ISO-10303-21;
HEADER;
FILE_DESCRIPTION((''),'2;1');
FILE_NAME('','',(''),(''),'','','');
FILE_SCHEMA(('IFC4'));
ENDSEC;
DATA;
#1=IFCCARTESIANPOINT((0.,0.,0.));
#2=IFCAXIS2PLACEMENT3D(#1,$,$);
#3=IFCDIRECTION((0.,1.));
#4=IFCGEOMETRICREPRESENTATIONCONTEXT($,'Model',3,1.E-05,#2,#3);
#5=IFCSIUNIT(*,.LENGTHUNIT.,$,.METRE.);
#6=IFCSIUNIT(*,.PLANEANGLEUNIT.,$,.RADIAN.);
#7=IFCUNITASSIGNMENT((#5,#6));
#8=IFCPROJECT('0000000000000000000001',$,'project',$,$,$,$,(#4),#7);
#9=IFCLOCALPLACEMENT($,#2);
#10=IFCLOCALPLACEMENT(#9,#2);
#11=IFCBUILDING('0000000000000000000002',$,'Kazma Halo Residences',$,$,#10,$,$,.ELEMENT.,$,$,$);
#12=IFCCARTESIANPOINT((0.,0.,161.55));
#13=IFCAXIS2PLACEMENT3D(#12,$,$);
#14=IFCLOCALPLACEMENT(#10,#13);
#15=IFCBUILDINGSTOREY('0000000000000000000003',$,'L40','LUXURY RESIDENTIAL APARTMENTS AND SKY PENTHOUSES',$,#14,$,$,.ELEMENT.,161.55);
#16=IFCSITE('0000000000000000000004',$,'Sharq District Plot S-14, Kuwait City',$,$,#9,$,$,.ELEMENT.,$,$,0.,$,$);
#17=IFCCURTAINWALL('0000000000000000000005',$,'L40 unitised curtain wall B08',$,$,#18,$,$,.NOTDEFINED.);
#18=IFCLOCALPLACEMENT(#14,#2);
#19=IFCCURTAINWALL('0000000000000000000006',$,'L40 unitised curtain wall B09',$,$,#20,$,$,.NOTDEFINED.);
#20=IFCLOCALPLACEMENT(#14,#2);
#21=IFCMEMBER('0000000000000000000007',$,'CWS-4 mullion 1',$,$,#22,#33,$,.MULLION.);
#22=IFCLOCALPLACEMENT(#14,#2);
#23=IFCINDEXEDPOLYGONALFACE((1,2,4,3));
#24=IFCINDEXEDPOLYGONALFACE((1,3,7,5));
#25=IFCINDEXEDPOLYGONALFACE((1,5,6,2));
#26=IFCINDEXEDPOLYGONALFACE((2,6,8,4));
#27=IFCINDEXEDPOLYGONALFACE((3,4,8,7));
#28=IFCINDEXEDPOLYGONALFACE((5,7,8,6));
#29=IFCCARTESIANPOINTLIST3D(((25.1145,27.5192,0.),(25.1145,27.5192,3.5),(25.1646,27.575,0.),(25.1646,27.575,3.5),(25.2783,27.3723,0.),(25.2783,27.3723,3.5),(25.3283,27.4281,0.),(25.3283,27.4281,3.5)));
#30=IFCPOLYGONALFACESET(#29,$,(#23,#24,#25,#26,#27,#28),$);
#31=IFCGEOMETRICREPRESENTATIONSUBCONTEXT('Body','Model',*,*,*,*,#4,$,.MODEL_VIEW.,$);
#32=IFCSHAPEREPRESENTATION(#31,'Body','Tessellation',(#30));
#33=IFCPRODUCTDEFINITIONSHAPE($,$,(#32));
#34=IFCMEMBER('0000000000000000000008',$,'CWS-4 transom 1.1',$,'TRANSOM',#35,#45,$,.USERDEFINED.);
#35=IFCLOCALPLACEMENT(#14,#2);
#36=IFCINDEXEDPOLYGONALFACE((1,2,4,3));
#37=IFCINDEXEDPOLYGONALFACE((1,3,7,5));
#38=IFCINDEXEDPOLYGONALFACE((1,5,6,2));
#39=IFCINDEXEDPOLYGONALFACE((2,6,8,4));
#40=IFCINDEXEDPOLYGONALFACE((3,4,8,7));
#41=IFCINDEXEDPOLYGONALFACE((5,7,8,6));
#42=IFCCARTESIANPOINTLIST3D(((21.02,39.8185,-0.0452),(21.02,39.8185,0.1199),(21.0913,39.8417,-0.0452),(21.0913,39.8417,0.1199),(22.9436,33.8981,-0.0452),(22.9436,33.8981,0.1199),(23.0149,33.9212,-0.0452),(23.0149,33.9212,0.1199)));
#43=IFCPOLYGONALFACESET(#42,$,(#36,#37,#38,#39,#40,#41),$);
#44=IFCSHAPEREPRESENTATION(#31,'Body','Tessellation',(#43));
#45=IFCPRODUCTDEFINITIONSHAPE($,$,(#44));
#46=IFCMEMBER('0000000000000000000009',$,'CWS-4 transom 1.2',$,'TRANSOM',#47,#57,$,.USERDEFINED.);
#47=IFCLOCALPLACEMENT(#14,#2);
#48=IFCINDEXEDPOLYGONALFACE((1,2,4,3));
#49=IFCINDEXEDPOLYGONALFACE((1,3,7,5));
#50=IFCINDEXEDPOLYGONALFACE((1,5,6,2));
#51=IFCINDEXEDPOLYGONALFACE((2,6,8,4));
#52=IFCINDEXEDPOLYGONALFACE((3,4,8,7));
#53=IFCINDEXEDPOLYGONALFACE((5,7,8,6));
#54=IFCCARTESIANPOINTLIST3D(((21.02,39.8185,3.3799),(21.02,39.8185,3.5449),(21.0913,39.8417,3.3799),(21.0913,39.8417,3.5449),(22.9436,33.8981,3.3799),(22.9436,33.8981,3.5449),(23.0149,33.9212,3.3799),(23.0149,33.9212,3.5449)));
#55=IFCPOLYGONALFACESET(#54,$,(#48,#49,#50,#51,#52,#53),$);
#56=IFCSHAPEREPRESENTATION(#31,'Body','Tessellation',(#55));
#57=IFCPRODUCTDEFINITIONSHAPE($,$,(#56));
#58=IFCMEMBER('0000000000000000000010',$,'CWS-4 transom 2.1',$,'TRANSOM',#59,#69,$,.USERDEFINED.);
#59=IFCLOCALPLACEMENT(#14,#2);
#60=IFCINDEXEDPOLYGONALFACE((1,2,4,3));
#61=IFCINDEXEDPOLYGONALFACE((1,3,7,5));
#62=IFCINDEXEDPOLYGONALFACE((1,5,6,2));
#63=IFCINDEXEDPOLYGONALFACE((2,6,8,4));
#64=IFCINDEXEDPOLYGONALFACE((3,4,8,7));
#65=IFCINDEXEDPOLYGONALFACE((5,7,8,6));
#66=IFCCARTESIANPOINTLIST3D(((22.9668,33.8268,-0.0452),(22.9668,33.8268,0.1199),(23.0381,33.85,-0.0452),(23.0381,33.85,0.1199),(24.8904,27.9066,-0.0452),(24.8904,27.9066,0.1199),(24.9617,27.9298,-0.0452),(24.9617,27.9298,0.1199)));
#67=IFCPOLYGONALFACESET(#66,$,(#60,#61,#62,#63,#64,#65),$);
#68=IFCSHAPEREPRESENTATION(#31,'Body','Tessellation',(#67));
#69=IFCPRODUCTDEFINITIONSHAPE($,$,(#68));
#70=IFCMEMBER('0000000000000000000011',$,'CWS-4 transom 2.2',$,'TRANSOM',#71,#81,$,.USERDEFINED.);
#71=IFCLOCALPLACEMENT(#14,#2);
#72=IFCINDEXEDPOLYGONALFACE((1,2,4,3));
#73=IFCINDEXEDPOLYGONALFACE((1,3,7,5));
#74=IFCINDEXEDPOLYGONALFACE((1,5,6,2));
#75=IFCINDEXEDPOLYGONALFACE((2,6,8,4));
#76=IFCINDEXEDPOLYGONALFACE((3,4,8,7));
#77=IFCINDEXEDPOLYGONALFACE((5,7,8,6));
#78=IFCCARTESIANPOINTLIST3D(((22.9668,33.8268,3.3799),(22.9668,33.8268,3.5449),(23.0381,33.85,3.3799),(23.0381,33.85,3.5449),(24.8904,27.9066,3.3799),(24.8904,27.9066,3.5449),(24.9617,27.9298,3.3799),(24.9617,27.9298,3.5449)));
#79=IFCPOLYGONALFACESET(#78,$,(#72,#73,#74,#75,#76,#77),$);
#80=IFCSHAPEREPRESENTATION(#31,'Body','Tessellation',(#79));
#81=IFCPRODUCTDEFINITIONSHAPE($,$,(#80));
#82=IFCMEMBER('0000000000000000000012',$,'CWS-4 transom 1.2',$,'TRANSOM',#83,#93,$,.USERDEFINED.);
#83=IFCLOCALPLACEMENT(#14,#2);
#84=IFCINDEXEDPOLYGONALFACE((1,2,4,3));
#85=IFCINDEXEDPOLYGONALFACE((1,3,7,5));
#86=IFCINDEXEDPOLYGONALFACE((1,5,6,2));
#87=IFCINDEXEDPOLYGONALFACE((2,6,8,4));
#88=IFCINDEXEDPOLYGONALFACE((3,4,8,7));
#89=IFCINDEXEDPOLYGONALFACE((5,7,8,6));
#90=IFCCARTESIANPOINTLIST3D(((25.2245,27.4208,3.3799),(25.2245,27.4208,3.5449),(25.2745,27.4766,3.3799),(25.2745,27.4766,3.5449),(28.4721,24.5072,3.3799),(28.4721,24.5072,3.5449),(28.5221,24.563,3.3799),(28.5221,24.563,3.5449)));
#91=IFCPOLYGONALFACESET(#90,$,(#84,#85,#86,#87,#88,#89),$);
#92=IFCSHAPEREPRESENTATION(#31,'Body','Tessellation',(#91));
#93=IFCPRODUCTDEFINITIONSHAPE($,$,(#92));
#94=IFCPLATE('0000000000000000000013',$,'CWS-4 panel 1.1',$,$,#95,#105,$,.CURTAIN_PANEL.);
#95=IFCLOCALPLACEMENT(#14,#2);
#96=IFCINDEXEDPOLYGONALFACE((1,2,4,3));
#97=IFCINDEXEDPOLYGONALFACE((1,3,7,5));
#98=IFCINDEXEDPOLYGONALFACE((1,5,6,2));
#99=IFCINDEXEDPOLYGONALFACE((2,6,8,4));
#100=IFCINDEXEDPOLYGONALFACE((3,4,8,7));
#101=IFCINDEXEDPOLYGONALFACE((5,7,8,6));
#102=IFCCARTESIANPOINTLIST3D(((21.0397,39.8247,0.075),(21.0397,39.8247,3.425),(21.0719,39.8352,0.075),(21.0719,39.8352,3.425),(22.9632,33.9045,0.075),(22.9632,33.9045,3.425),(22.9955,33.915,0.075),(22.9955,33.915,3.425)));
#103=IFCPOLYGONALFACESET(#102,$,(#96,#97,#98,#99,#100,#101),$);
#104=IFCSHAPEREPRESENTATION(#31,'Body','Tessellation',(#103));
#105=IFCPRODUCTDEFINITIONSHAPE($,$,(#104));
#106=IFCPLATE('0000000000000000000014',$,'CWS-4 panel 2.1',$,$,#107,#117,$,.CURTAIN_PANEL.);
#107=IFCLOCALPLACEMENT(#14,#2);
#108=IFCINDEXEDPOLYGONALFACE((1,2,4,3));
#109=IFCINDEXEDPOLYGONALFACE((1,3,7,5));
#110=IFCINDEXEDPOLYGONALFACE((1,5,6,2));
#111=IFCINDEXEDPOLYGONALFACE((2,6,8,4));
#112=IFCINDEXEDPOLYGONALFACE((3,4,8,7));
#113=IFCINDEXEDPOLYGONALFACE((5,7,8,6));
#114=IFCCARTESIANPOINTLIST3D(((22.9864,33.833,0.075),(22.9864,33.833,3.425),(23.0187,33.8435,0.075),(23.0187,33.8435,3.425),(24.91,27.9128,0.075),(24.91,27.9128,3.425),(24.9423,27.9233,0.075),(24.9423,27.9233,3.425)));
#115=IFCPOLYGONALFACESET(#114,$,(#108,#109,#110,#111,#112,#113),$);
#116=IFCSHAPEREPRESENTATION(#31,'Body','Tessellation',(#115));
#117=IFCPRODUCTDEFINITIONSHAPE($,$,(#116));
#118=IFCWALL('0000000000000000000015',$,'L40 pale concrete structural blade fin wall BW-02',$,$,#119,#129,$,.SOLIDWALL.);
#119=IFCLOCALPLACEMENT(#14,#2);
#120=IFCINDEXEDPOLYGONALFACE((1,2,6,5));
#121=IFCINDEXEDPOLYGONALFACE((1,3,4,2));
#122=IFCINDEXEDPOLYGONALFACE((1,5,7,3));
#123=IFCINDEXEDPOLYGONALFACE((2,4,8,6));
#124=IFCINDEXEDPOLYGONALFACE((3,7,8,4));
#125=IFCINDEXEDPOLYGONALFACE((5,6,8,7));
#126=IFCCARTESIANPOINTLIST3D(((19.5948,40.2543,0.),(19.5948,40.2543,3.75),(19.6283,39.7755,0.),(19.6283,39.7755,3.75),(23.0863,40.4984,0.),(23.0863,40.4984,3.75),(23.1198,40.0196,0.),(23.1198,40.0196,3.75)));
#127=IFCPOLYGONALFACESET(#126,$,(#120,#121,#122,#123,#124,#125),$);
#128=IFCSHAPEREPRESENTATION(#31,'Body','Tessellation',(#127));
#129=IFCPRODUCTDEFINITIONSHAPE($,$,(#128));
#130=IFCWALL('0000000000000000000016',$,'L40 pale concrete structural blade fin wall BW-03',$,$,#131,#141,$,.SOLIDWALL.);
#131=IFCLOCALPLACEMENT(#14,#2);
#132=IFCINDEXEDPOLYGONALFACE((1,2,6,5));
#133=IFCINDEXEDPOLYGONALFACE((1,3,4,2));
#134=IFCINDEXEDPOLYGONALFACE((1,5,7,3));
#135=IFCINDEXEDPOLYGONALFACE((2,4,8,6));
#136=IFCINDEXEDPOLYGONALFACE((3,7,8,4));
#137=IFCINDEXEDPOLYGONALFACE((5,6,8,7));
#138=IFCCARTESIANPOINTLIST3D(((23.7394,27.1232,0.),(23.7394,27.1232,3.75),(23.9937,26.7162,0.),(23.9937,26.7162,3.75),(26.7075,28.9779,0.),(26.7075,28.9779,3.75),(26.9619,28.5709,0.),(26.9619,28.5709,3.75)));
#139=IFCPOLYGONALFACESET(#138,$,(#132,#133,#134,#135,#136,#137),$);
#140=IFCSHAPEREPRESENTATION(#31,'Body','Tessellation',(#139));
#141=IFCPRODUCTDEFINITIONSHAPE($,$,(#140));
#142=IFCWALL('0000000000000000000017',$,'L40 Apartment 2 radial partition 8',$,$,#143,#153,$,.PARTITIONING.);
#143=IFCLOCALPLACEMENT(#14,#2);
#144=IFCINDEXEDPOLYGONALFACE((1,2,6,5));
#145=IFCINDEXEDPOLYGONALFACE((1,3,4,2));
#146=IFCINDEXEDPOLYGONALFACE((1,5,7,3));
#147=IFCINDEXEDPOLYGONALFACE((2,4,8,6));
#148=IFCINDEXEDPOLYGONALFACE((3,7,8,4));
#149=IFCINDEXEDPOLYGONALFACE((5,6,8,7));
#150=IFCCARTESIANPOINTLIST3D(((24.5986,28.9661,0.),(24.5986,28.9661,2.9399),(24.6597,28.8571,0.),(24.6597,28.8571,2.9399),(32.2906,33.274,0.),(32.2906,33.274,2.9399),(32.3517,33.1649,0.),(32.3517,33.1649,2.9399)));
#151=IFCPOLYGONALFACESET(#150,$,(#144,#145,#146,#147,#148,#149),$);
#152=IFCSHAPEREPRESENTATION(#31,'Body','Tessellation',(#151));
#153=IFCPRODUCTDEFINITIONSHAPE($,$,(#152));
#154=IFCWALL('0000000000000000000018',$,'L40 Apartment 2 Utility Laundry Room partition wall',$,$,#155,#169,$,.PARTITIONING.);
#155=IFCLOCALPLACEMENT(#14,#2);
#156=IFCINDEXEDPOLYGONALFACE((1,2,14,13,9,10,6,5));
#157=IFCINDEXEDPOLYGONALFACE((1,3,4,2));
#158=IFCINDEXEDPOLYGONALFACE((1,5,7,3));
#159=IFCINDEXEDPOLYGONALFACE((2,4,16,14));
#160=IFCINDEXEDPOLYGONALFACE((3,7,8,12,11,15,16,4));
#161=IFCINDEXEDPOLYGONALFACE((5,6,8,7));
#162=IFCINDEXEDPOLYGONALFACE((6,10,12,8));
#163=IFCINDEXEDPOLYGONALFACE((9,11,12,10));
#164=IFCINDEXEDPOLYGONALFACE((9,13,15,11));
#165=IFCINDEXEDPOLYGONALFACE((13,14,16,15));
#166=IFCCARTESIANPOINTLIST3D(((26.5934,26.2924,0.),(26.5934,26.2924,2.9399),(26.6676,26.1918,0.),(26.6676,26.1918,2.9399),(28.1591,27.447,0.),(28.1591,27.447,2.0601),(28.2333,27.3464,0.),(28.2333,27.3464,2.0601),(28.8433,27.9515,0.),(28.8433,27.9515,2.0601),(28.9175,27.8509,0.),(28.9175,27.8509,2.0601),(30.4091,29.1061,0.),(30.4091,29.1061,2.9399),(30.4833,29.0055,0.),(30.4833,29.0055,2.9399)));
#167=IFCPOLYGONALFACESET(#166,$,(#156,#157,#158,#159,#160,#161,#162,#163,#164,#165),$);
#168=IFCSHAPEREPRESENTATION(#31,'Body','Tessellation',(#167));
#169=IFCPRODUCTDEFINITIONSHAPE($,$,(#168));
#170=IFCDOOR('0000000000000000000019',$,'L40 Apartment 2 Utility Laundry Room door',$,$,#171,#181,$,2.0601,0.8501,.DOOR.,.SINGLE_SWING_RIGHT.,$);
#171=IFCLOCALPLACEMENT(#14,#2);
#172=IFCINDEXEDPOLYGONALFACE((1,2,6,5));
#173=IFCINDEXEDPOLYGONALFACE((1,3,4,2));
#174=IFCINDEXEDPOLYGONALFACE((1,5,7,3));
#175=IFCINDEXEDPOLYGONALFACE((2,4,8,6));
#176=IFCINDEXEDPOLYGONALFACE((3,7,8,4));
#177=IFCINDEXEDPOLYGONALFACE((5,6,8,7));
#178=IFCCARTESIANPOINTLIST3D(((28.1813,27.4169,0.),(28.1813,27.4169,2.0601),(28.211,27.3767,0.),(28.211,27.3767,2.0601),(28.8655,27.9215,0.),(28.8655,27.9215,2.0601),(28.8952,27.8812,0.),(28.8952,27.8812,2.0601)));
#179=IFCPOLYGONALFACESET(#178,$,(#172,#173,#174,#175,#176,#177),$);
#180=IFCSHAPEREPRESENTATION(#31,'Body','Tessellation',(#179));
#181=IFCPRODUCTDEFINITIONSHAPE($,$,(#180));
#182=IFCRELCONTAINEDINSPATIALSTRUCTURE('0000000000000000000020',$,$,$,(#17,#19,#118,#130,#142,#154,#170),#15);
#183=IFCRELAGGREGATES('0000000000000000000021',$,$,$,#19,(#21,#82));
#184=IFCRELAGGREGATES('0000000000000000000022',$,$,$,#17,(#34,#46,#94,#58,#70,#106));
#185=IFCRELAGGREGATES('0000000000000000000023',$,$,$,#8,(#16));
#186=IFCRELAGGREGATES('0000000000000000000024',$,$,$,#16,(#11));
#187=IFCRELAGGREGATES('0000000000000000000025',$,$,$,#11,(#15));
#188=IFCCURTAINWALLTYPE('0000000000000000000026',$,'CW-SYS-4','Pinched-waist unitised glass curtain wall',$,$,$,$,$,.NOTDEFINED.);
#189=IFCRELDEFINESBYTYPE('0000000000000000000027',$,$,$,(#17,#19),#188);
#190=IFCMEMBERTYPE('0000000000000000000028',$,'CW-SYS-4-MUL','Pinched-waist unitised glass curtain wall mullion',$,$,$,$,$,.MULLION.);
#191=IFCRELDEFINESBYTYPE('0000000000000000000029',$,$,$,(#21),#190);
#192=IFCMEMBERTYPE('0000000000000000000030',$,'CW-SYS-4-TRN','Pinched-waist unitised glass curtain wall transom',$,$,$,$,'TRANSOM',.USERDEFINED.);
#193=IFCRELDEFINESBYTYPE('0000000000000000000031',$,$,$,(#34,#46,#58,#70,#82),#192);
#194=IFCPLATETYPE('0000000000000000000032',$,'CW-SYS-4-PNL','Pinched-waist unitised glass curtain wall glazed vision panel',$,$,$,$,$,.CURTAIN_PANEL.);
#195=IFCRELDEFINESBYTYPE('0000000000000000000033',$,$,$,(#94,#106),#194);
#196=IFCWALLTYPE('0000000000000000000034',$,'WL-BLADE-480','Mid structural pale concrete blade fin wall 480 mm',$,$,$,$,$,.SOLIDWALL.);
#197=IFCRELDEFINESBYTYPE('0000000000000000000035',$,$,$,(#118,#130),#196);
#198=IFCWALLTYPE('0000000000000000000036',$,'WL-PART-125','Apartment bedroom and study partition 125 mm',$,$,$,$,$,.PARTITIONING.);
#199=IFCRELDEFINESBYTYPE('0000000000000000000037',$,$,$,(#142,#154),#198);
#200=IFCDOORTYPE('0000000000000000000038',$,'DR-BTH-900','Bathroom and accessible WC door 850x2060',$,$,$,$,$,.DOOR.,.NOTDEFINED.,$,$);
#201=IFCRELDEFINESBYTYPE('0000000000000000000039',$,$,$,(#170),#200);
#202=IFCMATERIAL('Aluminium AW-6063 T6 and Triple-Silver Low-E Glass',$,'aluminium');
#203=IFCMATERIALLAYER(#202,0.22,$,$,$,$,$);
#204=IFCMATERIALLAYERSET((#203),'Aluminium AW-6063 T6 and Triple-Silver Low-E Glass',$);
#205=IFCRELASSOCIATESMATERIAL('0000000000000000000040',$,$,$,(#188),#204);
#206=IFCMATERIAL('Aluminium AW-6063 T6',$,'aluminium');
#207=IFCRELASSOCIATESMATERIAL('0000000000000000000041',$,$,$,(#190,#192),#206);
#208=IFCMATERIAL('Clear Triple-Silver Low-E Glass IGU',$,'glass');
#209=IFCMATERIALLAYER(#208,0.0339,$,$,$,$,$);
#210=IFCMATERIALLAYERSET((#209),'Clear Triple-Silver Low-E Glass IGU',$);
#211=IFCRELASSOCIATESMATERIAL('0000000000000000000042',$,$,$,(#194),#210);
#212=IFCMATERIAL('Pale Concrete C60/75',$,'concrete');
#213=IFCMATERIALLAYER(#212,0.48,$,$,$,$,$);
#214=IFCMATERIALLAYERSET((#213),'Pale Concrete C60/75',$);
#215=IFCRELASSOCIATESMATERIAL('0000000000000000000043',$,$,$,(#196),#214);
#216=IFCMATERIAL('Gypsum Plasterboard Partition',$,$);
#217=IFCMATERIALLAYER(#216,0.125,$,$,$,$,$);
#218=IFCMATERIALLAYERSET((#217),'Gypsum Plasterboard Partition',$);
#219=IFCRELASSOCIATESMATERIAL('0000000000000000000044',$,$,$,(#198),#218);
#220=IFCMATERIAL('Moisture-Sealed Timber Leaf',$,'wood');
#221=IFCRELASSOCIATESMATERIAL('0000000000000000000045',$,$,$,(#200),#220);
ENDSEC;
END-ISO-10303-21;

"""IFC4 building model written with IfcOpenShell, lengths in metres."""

from ifc_helpers import new_model, si_unit, direction, frame, frame_2d, origin, origin_2d, place, context, subcontext, project, spatial, rectangle, extrude, material, layer, layer_set, material_profile, profile_set, type_object, element, fill, aggregate, save


model = new_model("IFC4")

# Units and contexts
model_context = context("Model", 3, precision=1e-05, world=origin(), true_north=direction((0.0, 1.0)))
body_context = subcontext(model_context, "Body", "Model", "MODEL_VIEW")
ifc_project = project(units=[si_unit("LENGTHUNIT", "METRE"), si_unit("PLANEANGLEUNIT", "RADIAN")], contexts=[model_context])

# Site, building, storey
site_placement = place(None, origin())
site = spatial("IfcSite", under=ifc_project, at=site_placement, Name="Sharq District Plot S-14, Kuwait City", CompositionType="ELEMENT", RefElevation=0.0)
building_placement = place(site_placement, origin())
building = spatial("IfcBuilding", under=site, at=building_placement, Name="Kazma Halo Residences", CompositionType="ELEMENT")
storey_placement = place(building_placement, frame((0.0, 0.0, 161.55)))
storey = spatial("IfcBuildingStorey", under=building, at=storey_placement, Name="L40", Description="LUXURY RESIDENTIAL APARTMENTS AND SKY PENTHOUSES", CompositionType="ELEMENT", Elevation=161.55)

# Curtain wall
ifc_material_1 = material(Name="Aluminium AW-6063 T6 and Triple-Silver Low-E Glass", Category="aluminium")
ifc_layer_1 = layer(ifc_material_1, 0.22)
ifc_layer_set_1 = layer_set([ifc_layer_1], Name="Aluminium AW-6063 T6 and Triple-Silver Low-E Glass")
curtain_wall_type = type_object("IfcCurtainWallType", Name="CW-SYS-4", Description="Pinched-waist unitised glass curtain wall", PredefinedType="NOTDEFINED", material=ifc_layer_set_1)
curtain_wall_1_placement = place(storey_placement, origin())
curtain_wall_1 = element("IfcCurtainWall", 1, at=curtain_wall_1_placement, inside=storey, type_object=curtain_wall_type, Name="L40 unitised curtain wall B08", PredefinedType="NOTDEFINED")
ifc_material_2 = material(Name="Aluminium AW-6063 T6", Category="aluminium")
ifc_material_profile_1 = material_profile(ifc_material_2, rectangle(XDim=0.075, YDim=0.22, at=origin_2d()), Name="CWM-75x220")
ifc_profile_set_1 = profile_set([ifc_material_profile_1], Name="Aluminium AW-6063 T6")
member_type_1 = type_object("IfcMemberType", Name="CW-SYS-4-MUL", Description="Pinched-waist unitised glass curtain wall mullion", PredefinedType="MULLION", material=ifc_profile_set_1)

# Curtain wall, member
curtain_wall_2_placement = place(storey_placement, origin())
curtain_wall_2 = element("IfcCurtainWall", 2, at=curtain_wall_2_placement, inside=storey, type_object=curtain_wall_type, Name="L40 unitised curtain wall B09", PredefinedType="NOTDEFINED")
member_1_placement = place(storey_placement, frame((25.2214, 27.4736, 0.0), z_axis=(0.0, 0.0, 1.0), x_axis=(0.66777, 0.744368, 0.0)))
member_1 = element("IfcMember", 3, at=member_1_placement, type_object=member_type_1, Name="CWS-4 mullion 1", PredefinedType="MULLION", context=body_context, shape_type="SweptSolid", body=[
    extrude(rectangle(XDim=0.075, YDim=0.22, at=origin_2d()), origin(), (0.0, 0.0, 1.0), 3.5),
])

# Members
ifc_material_profile_2 = material_profile(ifc_material_2, rectangle(XDim=0.075, YDim=0.165, at=origin_2d()), Name="CWT-75x165")
ifc_profile_set_2 = profile_set([ifc_material_profile_2], Name="Aluminium AW-6063 T6")
member_type_2 = type_object("IfcMemberType", Name="CW-SYS-4-TRN", Description="Pinched-waist unitised glass curtain wall transom", ElementType="TRANSOM", PredefinedType="USERDEFINED", material=ifc_profile_set_2)
member_2_placement = place(storey_placement, frame((21.0557, 39.8301, 0.0374), z_axis=(0.309006, -0.95106, 0.0), x_axis=(0.95106, 0.309006, 0.0)))
member_2 = element("IfcMember", 4, at=member_2_placement, type_object=member_type_2, Name="CWS-4 transom 1.1", ObjectType="TRANSOM", PredefinedType="USERDEFINED", context=body_context, shape_type="SweptSolid", body=[
    extrude(rectangle(XDim=0.075, YDim=0.165, at=origin_2d()), origin(), (0.0, 0.0, 1.0), 6.2251),
])
member_3_placement = place(storey_placement, frame((21.0557, 39.8301, 3.4624), z_axis=(0.309006, -0.95106, 0.0), x_axis=(0.95106, 0.309006, 0.0)))
member_3 = element("IfcMember", 5, at=member_3_placement, type_object=member_type_2, Name="CWS-4 transom 1.2", ObjectType="TRANSOM", PredefinedType="USERDEFINED", context=body_context, shape_type="SweptSolid", body=[
    extrude(rectangle(XDim=0.075, YDim=0.165, at=origin_2d()), origin(), (0.0, 0.0, 1.0), 6.2251),
])
member_4_placement = place(storey_placement, frame((23.0024, 33.8384, 0.0374), z_axis=(0.309018, -0.951056, 0.0), x_axis=(0.951056, 0.309018, 0.0)))
member_4 = element("IfcMember", 6, at=member_4_placement, type_object=member_type_2, Name="CWS-4 transom 2.1", ObjectType="TRANSOM", PredefinedType="USERDEFINED", context=body_context, shape_type="SweptSolid", body=[
    extrude(rectangle(XDim=0.075, YDim=0.165, at=origin_2d()), origin(), (0.0, 0.0, 1.0), 6.2249),
])
member_5_placement = place(storey_placement, frame((23.0024, 33.8384, 3.4624), z_axis=(0.309018, -0.951056, 0.0), x_axis=(0.951056, 0.309018, 0.0)))
member_5 = element("IfcMember", 7, at=member_5_placement, type_object=member_type_2, Name="CWS-4 transom 2.2", ObjectType="TRANSOM", PredefinedType="USERDEFINED", context=body_context, shape_type="SweptSolid", body=[
    extrude(rectangle(XDim=0.075, YDim=0.165, at=origin_2d()), origin(), (0.0, 0.0, 1.0), 6.2249),
])
member_6_placement = place(storey_placement, frame((25.2495, 27.4487, 3.4624), z_axis=(0.744345, -0.667795, 0.0), x_axis=(0.667795, 0.744345, 0.0)))
member_6 = element("IfcMember", 8, at=member_6_placement, type_object=member_type_2, Name="CWS-4 transom 1.2", ObjectType="TRANSOM", PredefinedType="USERDEFINED", context=body_context, shape_type="SweptSolid", body=[
    extrude(rectangle(XDim=0.075, YDim=0.165, at=origin_2d()), origin(), (0.0, 0.0, 1.0), 4.363),
])
aggregate(curtain_wall_2, [member_1, member_6])

# Plates
ifc_material_3 = material(Name="Clear Triple-Silver Low-E Glass IGU", Category="glass")
ifc_layer_2 = layer(ifc_material_3, 0.0339)
ifc_layer_set_2 = layer_set([ifc_layer_2], Name="Clear Triple-Silver Low-E Glass IGU")
plate_type = type_object("IfcPlateType", Name="CW-SYS-4-PNL", Description="Pinched-waist unitised glass curtain wall glazed vision panel", PredefinedType="CURTAIN_PANEL", material=ifc_layer_set_2)
plate_1_placement = place(storey_placement, frame((22.0176, 36.8699, 0.075), z_axis=(0.0, 0.0, 1.0), x_axis=(0.309014, -0.951058, 0.0)))
plate_1 = element("IfcPlate", 9, at=plate_1_placement, type_object=plate_type, Name="CWS-4 panel 1.1", PredefinedType="CURTAIN_PANEL", context=body_context, shape_type="SweptSolid", body=[
    extrude(rectangle(XDim=6.2249, YDim=0.0339, at=origin_2d()), origin(), (0.0, 0.0, 1.0), 3.3501),
])
plate_2_placement = place(storey_placement, frame((23.9644, 30.8782, 0.075), z_axis=(0.0, 0.0, 1.0), x_axis=(0.309014, -0.951058, 0.0)))
plate_2 = element("IfcPlate", 10, at=plate_2_placement, type_object=plate_type, Name="CWS-4 panel 2.1", PredefinedType="CURTAIN_PANEL", context=body_context, shape_type="SweptSolid", body=[
    extrude(rectangle(XDim=6.2249, YDim=0.0339, at=origin_2d()), origin(), (0.0, 0.0, 1.0), 3.3501),
])
aggregate(curtain_wall_1, [member_2, member_3, plate_1, member_4, member_5, plate_2])

# Walls
ifc_material_4 = material(Name="Pale Concrete C60/75", Category="concrete")
ifc_layer_3 = layer(ifc_material_4, 0.48)
ifc_layer_set_3 = layer_set([ifc_layer_3], Name="Pale Concrete C60/75")
wall_type_1 = type_object("IfcWallType", Name="WL-BLADE-480", Description="Mid structural pale concrete blade fin wall 480 mm", PredefinedType="SOLIDWALL", material=ifc_layer_set_3)
for number, where, z_axis, x_axis, name in (
    (11, (23.103, 40.259, 0.0), (0.0, 0.0, 1.0), (-0.997564, -0.069755, 0.0), "L40 pale concrete structural blade fin wall BW-02"),
    (12, (26.8347, 28.7744, 0.0), (0.0, 0.0, 1.0), (-0.848053, -0.529911, 0.0), "L40 pale concrete structural blade fin wall BW-03"),
):
    element("IfcWall", number, at=place(storey_placement, frame(where, z_axis=z_axis, x_axis=x_axis)), inside=storey, type_object=wall_type_1, Name=name, PredefinedType="SOLIDWALL", context=body_context, shape_type="SweptSolid", body=[
        extrude(rectangle(XDim=3.5, YDim=0.48, at=frame_2d((1.75, 0.0))), origin(), (0.0, 0.0, 1.0), 3.75),
    ])
ifc_material_5 = material(Name="Gypsum Plasterboard Partition")
ifc_layer_4 = layer(ifc_material_5, 0.125)
ifc_layer_set_4 = layer_set([ifc_layer_4], Name="Gypsum Plasterboard Partition")
wall_type_2 = type_object("IfcWallType", Name="WL-PART-125", Description="Apartment bedroom and study partition 125 mm", PredefinedType="PARTITIONING", material=ifc_layer_set_4)
wall_1_placement = place(storey_placement, frame((32.3213, 33.2195, 0.0), z_axis=(0.0, 0.0, 1.0), x_axis=(-0.872493, -0.488626, 0.0)))
element("IfcWall", 13, at=wall_1_placement, inside=storey, type_object=wall_type_2, Name="L40 Apartment 2 radial partition 8", PredefinedType="PARTITIONING", context=body_context, shape_type="SweptSolid", body=[
    extrude(rectangle(XDim=8.8162, YDim=0.125, at=frame_2d((4.4082, 0.0))), origin(), (0.0, 0.0, 1.0), 2.9399),
])

# Wall, opening, door
wall_2_placement = place(storey_placement, frame((30.4463, 29.0559, 0.0), z_axis=(0.0, 0.0, 1.0), x_axis=(-0.804837, -0.593496, 0.0)))
wall_2 = element("IfcWall", 14, at=wall_2_placement, inside=storey, type_object=wall_type_2, Name="L40 Apartment 2 Utility Laundry Room partition wall", PredefinedType="PARTITIONING", context=body_context, shape_type="SweptSolid", body=[
    extrude(rectangle(XDim=4.741, YDim=0.125, at=frame_2d((2.3706, 0.0))), origin(), (0.0, 0.0, 1.0), 2.9399),
])
opening_1_placement = place(wall_2_placement, frame((1.9456, 0.0, 0.0)))
opening_1 = element("IfcOpeningElement", 15, at=opening_1_placement, cuts=wall_2, PredefinedType="OPENING", context=body_context, shape_type="SweptSolid", body=[
    extrude(rectangle(XDim=0.8501, YDim=2.0601, at=frame_2d((0.425, 1.03))), frame((0.0, 0.0725, 0.0), z_axis=(0.0, -1.0, 0.0), x_axis=(1.0, 0.0, 0.0)), (0.0, 0.0, 1.0), 0.145),
])
ifc_material_6 = material(Name="Moisture-Sealed Timber Leaf", Category="wood")
door_type = type_object("IfcDoorType", Name="DR-BTH-900", Description="Bathroom and accessible WC door 850x2060", OperationType="NOTDEFINED", PredefinedType="DOOR", material=ifc_material_6)
door_1_placement = place(opening_1_placement, origin())
door_1 = element("IfcDoor", 16, at=door_1_placement, inside=storey, type_object=door_type, Name="L40 Apartment 2 Utility Laundry Room door", OperationType="SINGLE_SWING_RIGHT", OverallHeight=2.0601, OverallWidth=0.8501, PredefinedType="DOOR", context=body_context, shape_type="SweptSolid", body=[
    extrude(rectangle(XDim=0.8501, YDim=2.0601, at=frame_2d((0.425, 1.03))), frame((0.0, 0.0249, 0.0), z_axis=(0.0, -1.0, 0.0), x_axis=(1.0, 0.0, 0.0)), (0.0, 0.0, 1.0), 0.05),
])
fill(opening_1, door_1)

save(model, "model.ifc")
